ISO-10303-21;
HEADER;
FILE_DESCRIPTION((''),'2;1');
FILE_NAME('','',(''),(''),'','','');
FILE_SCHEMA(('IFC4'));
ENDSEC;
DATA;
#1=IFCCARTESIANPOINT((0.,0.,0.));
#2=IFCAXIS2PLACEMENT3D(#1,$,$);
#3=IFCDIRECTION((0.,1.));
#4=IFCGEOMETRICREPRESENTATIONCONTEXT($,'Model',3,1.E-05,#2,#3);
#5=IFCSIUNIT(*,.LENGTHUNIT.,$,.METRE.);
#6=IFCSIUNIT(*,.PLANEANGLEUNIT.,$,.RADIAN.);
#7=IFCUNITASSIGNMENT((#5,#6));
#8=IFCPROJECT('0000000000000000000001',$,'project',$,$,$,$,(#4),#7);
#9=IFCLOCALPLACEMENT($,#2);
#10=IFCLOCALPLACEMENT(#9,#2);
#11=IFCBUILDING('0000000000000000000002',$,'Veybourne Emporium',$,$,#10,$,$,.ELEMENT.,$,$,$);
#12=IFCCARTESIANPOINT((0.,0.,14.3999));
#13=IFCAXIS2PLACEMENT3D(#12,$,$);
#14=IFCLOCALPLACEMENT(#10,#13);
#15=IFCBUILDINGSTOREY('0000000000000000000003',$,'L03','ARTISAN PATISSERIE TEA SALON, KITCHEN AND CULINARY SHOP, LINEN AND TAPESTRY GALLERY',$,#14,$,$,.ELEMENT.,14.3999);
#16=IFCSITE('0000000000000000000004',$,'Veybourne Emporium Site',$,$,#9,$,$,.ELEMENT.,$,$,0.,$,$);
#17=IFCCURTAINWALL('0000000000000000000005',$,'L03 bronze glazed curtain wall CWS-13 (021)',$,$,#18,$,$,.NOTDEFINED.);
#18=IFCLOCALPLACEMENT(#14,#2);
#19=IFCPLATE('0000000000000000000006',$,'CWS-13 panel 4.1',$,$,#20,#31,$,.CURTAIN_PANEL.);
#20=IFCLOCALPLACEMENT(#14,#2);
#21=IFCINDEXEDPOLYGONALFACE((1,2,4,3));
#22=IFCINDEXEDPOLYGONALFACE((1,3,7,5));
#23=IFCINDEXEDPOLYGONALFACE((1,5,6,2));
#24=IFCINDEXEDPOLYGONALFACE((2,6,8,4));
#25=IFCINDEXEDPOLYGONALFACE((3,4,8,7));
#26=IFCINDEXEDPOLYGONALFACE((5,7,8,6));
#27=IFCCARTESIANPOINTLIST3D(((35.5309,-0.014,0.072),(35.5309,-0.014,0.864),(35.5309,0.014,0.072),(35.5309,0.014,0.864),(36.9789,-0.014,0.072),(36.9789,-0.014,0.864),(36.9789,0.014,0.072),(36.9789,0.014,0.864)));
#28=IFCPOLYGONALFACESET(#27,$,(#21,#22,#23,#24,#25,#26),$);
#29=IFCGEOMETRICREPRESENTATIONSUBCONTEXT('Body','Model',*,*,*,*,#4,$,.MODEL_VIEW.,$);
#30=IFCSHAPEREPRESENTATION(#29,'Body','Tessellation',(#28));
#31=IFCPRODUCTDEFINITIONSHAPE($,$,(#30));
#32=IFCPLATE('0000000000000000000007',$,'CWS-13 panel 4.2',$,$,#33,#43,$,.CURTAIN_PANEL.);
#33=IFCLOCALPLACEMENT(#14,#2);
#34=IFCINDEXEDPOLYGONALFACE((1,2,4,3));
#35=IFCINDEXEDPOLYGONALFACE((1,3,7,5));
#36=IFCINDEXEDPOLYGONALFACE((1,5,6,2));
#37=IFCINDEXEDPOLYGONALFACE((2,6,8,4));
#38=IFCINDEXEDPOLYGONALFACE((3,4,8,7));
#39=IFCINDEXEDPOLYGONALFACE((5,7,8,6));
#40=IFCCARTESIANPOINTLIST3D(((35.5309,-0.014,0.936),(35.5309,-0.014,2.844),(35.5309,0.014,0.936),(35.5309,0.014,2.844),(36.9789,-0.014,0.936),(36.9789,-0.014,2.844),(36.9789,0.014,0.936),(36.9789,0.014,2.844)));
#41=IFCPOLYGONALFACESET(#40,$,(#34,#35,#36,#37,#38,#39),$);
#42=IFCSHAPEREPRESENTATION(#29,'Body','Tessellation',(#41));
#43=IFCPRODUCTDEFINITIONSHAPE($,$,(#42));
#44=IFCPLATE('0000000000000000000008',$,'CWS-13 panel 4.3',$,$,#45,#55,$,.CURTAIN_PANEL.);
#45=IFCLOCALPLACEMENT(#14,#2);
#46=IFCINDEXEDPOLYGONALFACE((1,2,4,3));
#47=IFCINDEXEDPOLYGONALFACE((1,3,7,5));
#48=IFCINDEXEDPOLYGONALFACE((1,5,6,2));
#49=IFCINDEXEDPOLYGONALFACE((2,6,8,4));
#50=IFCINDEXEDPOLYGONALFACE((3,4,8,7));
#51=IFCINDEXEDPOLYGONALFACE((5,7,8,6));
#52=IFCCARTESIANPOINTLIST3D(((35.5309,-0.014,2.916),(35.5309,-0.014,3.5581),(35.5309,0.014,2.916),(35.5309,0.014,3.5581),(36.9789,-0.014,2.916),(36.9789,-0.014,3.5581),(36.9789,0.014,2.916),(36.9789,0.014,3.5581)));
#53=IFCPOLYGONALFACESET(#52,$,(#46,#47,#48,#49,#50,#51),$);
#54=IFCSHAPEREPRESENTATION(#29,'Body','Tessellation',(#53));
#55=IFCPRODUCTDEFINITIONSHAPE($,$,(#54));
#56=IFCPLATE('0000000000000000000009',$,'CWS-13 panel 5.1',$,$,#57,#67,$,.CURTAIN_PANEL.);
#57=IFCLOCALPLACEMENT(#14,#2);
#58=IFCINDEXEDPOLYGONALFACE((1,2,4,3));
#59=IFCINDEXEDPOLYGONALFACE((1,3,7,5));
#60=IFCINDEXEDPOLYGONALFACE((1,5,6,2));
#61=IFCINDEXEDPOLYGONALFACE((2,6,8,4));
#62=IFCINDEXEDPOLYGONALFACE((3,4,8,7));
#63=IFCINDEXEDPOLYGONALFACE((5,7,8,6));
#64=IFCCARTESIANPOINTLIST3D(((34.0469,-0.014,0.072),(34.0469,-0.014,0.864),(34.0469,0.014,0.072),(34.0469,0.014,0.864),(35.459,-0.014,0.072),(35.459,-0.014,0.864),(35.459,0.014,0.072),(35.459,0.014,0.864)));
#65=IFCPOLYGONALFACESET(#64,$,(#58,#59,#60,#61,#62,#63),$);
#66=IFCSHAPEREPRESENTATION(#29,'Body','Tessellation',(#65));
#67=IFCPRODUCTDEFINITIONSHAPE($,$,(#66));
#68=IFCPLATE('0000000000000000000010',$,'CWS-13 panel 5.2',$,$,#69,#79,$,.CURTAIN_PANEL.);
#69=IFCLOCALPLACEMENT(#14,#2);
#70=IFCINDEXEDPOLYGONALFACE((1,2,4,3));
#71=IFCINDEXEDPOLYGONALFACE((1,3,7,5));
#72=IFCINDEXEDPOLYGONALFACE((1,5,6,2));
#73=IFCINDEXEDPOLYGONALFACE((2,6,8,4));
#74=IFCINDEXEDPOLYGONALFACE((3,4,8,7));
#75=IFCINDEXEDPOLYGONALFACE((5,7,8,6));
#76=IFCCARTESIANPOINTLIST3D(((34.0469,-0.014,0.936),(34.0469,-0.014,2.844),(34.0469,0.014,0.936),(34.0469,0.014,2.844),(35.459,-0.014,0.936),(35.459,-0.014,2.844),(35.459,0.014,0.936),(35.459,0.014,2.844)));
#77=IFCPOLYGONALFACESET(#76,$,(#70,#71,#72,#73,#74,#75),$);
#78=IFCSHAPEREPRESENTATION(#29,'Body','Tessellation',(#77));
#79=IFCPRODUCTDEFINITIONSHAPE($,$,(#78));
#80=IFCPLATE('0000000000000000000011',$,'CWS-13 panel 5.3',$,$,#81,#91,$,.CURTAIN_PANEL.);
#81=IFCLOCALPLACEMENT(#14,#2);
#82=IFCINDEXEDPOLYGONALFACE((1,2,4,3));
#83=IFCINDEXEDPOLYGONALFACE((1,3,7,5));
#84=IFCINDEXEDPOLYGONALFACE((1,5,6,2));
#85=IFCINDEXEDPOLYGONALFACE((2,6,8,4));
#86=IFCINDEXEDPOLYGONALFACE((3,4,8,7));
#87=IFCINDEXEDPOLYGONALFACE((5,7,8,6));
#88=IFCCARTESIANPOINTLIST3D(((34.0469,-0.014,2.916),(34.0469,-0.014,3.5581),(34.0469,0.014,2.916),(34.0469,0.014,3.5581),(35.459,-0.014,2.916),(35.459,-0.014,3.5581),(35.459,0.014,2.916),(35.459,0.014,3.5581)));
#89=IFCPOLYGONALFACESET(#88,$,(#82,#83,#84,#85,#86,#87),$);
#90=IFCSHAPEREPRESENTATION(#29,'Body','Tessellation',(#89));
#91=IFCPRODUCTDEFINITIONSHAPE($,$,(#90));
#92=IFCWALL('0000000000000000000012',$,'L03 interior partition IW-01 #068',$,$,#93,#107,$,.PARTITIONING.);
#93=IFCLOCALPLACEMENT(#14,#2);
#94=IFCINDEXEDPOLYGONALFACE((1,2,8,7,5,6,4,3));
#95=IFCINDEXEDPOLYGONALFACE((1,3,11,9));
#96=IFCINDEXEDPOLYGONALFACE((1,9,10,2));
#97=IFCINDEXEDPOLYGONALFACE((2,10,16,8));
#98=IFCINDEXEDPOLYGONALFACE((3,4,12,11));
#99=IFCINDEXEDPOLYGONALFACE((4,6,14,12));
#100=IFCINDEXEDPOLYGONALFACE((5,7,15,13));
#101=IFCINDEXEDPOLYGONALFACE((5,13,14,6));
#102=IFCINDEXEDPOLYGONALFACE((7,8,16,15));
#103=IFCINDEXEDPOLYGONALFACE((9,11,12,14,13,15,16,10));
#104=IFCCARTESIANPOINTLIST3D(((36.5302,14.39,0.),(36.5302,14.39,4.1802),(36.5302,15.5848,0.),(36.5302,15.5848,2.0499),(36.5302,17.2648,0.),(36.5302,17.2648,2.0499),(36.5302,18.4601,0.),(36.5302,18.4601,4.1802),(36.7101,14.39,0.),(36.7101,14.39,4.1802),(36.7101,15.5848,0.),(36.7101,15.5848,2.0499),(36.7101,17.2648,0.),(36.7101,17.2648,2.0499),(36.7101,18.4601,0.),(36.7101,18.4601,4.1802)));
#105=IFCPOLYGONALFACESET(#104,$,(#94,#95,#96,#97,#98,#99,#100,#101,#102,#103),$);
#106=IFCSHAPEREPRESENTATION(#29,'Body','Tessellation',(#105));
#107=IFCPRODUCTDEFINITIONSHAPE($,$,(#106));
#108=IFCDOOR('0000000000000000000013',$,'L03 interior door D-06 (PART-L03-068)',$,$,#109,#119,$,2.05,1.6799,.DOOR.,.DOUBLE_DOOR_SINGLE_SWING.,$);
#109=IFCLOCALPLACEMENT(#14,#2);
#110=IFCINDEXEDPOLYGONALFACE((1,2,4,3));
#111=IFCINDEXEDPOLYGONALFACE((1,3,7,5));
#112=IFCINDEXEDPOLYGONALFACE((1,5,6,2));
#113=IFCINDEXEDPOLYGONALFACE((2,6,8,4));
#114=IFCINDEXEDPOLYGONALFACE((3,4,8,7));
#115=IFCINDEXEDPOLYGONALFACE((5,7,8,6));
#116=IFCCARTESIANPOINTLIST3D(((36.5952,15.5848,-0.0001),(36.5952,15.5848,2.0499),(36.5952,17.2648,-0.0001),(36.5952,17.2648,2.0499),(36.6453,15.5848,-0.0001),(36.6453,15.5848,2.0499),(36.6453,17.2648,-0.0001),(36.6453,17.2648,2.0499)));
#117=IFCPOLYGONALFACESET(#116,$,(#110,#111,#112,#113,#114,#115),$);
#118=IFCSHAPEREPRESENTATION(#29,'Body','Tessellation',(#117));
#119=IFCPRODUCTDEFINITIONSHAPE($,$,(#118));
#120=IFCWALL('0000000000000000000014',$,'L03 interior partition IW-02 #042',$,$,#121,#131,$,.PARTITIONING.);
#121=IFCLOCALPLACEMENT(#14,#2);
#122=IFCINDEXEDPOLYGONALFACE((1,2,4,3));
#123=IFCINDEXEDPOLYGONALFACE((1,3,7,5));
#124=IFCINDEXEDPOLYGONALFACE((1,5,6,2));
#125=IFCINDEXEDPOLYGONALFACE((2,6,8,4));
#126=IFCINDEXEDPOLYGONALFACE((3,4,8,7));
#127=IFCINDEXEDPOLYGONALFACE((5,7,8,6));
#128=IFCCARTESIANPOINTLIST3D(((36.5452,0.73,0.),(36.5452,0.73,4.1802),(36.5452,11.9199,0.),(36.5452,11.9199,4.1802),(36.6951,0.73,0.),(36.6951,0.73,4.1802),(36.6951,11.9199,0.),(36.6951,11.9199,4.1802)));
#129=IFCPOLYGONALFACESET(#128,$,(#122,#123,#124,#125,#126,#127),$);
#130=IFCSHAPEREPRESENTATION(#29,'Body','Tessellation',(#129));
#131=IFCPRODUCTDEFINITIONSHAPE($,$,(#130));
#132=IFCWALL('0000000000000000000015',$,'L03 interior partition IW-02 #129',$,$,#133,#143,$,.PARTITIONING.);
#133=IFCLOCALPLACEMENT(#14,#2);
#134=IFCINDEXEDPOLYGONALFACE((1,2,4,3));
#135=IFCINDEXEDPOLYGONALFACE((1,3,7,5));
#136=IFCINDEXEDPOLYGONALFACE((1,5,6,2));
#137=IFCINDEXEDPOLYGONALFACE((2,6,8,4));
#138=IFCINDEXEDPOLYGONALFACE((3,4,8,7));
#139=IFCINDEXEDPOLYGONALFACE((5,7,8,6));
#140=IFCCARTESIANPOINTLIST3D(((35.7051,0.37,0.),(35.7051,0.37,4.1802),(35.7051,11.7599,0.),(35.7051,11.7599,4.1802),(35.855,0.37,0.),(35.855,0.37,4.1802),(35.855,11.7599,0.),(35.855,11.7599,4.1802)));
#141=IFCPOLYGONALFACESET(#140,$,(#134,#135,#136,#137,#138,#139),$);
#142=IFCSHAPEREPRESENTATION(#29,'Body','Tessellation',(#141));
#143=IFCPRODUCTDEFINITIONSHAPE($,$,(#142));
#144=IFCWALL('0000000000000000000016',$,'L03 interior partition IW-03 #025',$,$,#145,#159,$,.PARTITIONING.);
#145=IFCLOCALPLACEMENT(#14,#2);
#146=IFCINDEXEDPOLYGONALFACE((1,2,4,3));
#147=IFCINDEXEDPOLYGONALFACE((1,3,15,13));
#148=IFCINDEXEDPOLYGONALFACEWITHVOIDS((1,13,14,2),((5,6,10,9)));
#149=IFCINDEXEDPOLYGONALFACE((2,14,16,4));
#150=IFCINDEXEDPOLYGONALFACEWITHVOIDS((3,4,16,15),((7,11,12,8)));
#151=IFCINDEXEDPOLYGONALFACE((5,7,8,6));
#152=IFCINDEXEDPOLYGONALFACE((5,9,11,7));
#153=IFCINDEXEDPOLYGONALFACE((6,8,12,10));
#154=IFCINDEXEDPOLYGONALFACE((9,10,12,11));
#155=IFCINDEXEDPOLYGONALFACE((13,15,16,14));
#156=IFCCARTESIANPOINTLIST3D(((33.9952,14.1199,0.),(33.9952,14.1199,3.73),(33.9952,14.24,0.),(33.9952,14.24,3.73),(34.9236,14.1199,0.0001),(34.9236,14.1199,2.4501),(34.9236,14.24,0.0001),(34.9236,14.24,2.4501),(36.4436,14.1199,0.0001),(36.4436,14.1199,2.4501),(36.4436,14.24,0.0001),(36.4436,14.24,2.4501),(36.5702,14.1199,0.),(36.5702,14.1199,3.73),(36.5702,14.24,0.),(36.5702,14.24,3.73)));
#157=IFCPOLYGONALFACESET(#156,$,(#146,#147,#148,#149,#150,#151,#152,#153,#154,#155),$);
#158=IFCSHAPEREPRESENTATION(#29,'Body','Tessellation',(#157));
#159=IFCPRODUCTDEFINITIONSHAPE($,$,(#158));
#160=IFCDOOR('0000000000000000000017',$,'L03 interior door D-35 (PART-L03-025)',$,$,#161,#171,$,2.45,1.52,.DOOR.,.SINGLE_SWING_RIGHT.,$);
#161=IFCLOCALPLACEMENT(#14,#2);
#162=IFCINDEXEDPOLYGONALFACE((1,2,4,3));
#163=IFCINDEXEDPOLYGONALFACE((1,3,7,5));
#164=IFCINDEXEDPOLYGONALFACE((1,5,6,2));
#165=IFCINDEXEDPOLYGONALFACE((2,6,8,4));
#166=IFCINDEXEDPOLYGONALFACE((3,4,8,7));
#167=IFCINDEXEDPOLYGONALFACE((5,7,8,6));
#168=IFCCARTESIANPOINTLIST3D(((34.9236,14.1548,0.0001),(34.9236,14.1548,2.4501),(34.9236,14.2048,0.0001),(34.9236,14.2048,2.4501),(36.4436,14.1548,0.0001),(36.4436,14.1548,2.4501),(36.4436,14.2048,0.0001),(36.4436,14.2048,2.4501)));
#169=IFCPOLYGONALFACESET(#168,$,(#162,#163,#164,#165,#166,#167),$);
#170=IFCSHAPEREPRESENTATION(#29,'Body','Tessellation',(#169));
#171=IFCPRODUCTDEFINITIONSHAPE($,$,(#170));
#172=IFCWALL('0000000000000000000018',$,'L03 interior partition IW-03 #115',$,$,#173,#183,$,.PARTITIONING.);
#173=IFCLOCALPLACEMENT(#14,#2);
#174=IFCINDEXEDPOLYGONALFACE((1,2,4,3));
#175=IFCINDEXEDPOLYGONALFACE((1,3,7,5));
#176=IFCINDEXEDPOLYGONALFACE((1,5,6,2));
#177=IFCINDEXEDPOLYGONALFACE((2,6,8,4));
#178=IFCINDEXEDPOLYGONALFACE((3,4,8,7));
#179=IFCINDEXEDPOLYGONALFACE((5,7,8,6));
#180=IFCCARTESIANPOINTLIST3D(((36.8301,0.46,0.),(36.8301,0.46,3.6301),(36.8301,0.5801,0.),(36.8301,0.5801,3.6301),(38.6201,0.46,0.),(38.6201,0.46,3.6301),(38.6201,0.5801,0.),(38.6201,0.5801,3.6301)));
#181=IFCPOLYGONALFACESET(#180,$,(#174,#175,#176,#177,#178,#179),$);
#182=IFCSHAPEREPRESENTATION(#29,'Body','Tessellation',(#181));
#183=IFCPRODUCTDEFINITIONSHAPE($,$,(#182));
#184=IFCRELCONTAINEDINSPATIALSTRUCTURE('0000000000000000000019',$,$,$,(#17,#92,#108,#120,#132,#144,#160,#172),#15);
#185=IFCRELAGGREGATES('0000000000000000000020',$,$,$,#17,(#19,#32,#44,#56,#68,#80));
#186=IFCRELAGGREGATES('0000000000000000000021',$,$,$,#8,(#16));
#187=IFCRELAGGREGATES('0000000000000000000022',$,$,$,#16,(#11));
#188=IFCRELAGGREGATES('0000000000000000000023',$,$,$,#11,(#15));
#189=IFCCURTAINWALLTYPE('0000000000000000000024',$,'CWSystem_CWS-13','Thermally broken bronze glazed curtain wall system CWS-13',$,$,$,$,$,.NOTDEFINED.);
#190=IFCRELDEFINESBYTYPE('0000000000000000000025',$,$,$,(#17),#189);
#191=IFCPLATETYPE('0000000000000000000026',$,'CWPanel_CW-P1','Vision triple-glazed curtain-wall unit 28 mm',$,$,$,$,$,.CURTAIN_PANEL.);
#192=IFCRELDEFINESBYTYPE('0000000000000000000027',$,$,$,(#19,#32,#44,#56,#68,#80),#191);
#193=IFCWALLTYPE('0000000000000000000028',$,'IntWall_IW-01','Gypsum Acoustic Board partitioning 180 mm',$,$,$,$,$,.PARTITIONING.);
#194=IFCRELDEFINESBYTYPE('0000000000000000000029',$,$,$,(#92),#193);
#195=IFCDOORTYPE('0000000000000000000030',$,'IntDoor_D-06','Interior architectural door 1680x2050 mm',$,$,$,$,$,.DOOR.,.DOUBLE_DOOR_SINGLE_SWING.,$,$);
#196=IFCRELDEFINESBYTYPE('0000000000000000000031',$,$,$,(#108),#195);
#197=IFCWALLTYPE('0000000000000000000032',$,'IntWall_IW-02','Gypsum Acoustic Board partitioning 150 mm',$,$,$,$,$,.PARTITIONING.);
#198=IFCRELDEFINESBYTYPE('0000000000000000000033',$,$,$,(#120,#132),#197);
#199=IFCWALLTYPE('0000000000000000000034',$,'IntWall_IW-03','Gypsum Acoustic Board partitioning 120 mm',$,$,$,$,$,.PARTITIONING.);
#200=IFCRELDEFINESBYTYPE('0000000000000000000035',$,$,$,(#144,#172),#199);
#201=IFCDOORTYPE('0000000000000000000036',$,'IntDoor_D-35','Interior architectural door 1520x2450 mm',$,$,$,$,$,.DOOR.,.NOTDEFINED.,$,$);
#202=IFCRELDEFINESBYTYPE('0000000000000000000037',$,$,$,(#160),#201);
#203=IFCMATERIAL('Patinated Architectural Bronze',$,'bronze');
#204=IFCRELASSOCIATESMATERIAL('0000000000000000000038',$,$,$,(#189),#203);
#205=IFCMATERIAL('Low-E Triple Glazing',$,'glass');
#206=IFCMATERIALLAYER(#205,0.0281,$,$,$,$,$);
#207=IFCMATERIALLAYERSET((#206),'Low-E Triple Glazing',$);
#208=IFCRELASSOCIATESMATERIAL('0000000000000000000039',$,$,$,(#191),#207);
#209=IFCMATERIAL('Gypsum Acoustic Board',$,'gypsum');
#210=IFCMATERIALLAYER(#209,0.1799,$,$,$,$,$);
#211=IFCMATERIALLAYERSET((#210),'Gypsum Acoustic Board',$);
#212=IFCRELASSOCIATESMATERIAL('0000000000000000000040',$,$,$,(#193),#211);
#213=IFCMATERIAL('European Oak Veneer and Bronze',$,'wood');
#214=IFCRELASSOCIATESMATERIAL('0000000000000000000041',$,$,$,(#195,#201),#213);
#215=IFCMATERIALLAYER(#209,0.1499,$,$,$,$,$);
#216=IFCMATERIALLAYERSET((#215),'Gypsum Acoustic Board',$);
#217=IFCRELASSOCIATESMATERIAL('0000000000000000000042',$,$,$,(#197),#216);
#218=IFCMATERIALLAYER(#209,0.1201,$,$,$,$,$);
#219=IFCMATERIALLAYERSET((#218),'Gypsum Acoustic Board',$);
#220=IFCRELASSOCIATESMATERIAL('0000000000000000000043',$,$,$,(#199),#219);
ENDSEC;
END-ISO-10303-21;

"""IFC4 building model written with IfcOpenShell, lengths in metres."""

from ifc_helpers import new_model, si_unit, direction, frame, frame_2d, origin, origin_2d, place, context, subcontext, project, spatial, rectangle, extrude, material, layer, layer_set, type_object, element, fill, aggregate, save


model = new_model("IFC4")

# Units and contexts
model_context = context("Model", 3, precision=1e-05, world=origin(), true_north=direction((0.0, 1.0)))
body_context = subcontext(model_context, "Body", "Model", "MODEL_VIEW")
ifc_project = project(units=[si_unit("LENGTHUNIT", "METRE"), si_unit("PLANEANGLEUNIT", "RADIAN")], contexts=[model_context])

# Site, building, storey
site_placement = place(None, origin())
site = spatial("IfcSite", under=ifc_project, at=site_placement, Name="Veybourne Emporium Site", CompositionType="ELEMENT", RefElevation=0.0)
building_placement = place(site_placement, origin())
building = spatial("IfcBuilding", under=site, at=building_placement, Name="Veybourne Emporium", CompositionType="ELEMENT")
storey_placement = place(building_placement, frame((0.0, 0.0, 14.3999)))
storey = spatial("IfcBuildingStorey", under=building, at=storey_placement, Name="L03", Description="ARTISAN PATISSERIE TEA SALON, KITCHEN AND CULINARY SHOP, LINEN AND TAPESTRY GALLERY", CompositionType="ELEMENT", Elevation=14.3999)

# Curtain wall
ifc_material_1 = material(Name="Patinated Architectural Bronze", Category="bronze")
curtain_wall_type = type_object("IfcCurtainWallType", Name="CWSystem_CWS-13", Description="Thermally broken bronze glazed curtain wall system CWS-13", PredefinedType="NOTDEFINED", material=ifc_material_1)
curtain_wall_placement = place(storey_placement, origin())
curtain_wall = element("IfcCurtainWall", 1, at=curtain_wall_placement, inside=storey, type_object=curtain_wall_type, Name="L03 bronze glazed curtain wall CWS-13 (021)", PredefinedType="NOTDEFINED")

# Plates
ifc_material_2 = material(Name="Low-E Triple Glazing", Category="glass")
ifc_layer_1 = layer(ifc_material_2, 0.0281)
ifc_layer_set_1 = layer_set([ifc_layer_1], Name="Low-E Triple Glazing")
plate_type = type_object("IfcPlateType", Name="CWPanel_CW-P1", Description="Vision triple-glazed curtain-wall unit 28 mm", PredefinedType="CURTAIN_PANEL", material=ifc_layer_set_1)
plate_1_placement = place(storey_placement, frame((36.2549, 0.0, 0.072), z_axis=(0.0, 0.0, 1.0), x_axis=(-1.0, 0.0, 0.0)))
plate_1 = element("IfcPlate", 2, at=plate_1_placement, type_object=plate_type, Name="CWS-13 panel 4.1", PredefinedType="CURTAIN_PANEL", context=body_context, shape_type="SweptSolid", body=[
    extrude(rectangle(XDim=1.448, YDim=0.0281, at=origin_2d()), origin(), (0.0, 0.0, 1.0), 0.792),
])
plate_2_placement = place(storey_placement, frame((36.2549, 0.0, 0.936), z_axis=(0.0, 0.0, 1.0), x_axis=(-1.0, 0.0, 0.0)))
plate_2 = element("IfcPlate", 3, at=plate_2_placement, type_object=plate_type, Name="CWS-13 panel 4.2", PredefinedType="CURTAIN_PANEL", context=body_context, shape_type="SweptSolid", body=[
    extrude(rectangle(XDim=1.448, YDim=0.0281, at=origin_2d()), origin(), (0.0, 0.0, 1.0), 1.908),
])
plate_3_placement = place(storey_placement, frame((36.2549, 0.0, 2.916), z_axis=(0.0, 0.0, 1.0), x_axis=(-1.0, 0.0, 0.0)))
plate_3 = element("IfcPlate", 4, at=plate_3_placement, type_object=plate_type, Name="CWS-13 panel 4.3", PredefinedType="CURTAIN_PANEL", context=body_context, shape_type="SweptSolid", body=[
    extrude(rectangle(XDim=1.448, YDim=0.0281, at=origin_2d()), origin(), (0.0, 0.0, 1.0), 0.6421),
])
plate_4_placement = place(storey_placement, frame((34.7529, 0.0, 0.072), z_axis=(0.0, 0.0, 1.0), x_axis=(-1.0, 0.0, 0.0)))
plate_4 = element("IfcPlate", 5, at=plate_4_placement, type_object=plate_type, Name="CWS-13 panel 5.1", PredefinedType="CURTAIN_PANEL", context=body_context, shape_type="SweptSolid", body=[
    extrude(rectangle(XDim=1.4121, YDim=0.0281, at=origin_2d()), origin(), (0.0, 0.0, 1.0), 0.792),
])
plate_5_placement = place(storey_placement, frame((34.7529, 0.0, 0.936), z_axis=(0.0, 0.0, 1.0), x_axis=(-1.0, 0.0, 0.0)))
plate_5 = element("IfcPlate", 6, at=plate_5_placement, type_object=plate_type, Name="CWS-13 panel 5.2", PredefinedType="CURTAIN_PANEL", context=body_context, shape_type="SweptSolid", body=[
    extrude(rectangle(XDim=1.4121, YDim=0.0281, at=origin_2d()), origin(), (0.0, 0.0, 1.0), 1.908),
])
plate_6_placement = place(storey_placement, frame((34.7529, 0.0, 2.916), z_axis=(0.0, 0.0, 1.0), x_axis=(-1.0, 0.0, 0.0)))
plate_6 = element("IfcPlate", 7, at=plate_6_placement, type_object=plate_type, Name="CWS-13 panel 5.3", PredefinedType="CURTAIN_PANEL", context=body_context, shape_type="SweptSolid", body=[
    extrude(rectangle(XDim=1.4121, YDim=0.0281, at=origin_2d()), origin(), (0.0, 0.0, 1.0), 0.6421),
])
aggregate(curtain_wall, [plate_1, plate_2, plate_3, plate_4, plate_5, plate_6])

# Wall, opening, door
ifc_material_3 = material(Name="Gypsum Acoustic Board", Category="gypsum")
ifc_layer_2 = layer(ifc_material_3, 0.1799)
ifc_layer_set_2 = layer_set([ifc_layer_2], Name="Gypsum Acoustic Board")
wall_type_1 = type_object("IfcWallType", Name="IntWall_IW-01", Description="Gypsum Acoustic Board partitioning 180 mm", PredefinedType="PARTITIONING", material=ifc_layer_set_2)
wall_1_placement = place(storey_placement, frame((36.6201, 14.3899, 0.0), z_axis=(0.0, 0.0, 1.0), x_axis=(0.0, 1.0, 0.0)))
wall_1 = element("IfcWall", 8, at=wall_1_placement, inside=storey, type_object=wall_type_1, Name="L03 interior partition IW-01 #068", PredefinedType="PARTITIONING", context=body_context, shape_type="SweptSolid", body=[
    extrude(rectangle(XDim=4.0701, YDim=0.1799, at=frame_2d((2.0352, 0.0))), origin(), (0.0, 0.0, 1.0), 4.1802),
])
opening_1_placement = place(wall_1_placement, frame((1.1951, 0.0, 0.0)))
opening_1 = element("IfcOpeningElement", 9, at=opening_1_placement, cuts=wall_1, PredefinedType="OPENING", context=body_context, shape_type="SweptSolid", body=[
    extrude(rectangle(XDim=1.6799, YDim=2.05, at=frame_2d((0.8398, 1.0249))), frame((0.0, 0.1099, 0.0), z_axis=(0.0, -1.0, 0.0), x_axis=(1.0, 0.0, 0.0)), (0.0, 0.0, 1.0), 0.22),
])
ifc_material_4 = material(Name="European Oak Veneer and Bronze", Category="wood")
door_type_1 = type_object("IfcDoorType", Name="IntDoor_D-06", Description="Interior architectural door 1680x2050 mm", OperationType="DOUBLE_DOOR_SINGLE_SWING", PredefinedType="DOOR", material=ifc_material_4)
door_1_placement = place(opening_1_placement, origin())
door_1 = element("IfcDoor", 10, at=door_1_placement, inside=storey, type_object=door_type_1, Name="L03 interior door D-06 (PART-L03-068)", OperationType="DOUBLE_DOOR_SINGLE_SWING", OverallHeight=2.05, OverallWidth=1.6799, PredefinedType="DOOR", context=body_context, shape_type="SweptSolid", body=[
    extrude(rectangle(XDim=1.6799, YDim=2.05, at=frame_2d((0.8398, 1.0249))), frame((0.0, 0.0249, 0.0), z_axis=(0.0, -1.0, 0.0), x_axis=(1.0, 0.0, 0.0)), (0.0, 0.0, 1.0), 0.05),
])
fill(opening_1, door_1)

# Walls
ifc_layer_3 = layer(ifc_material_3, 0.1499)
ifc_layer_set_3 = layer_set([ifc_layer_3], Name="Gypsum Acoustic Board")
wall_type_2 = type_object("IfcWallType", Name="IntWall_IW-02", Description="Gypsum Acoustic Board partitioning 150 mm", PredefinedType="PARTITIONING", material=ifc_layer_set_3)
wall_2_placement = place(storey_placement, frame((36.6201, 0.73, 0.0), z_axis=(0.0, 0.0, 1.0), x_axis=(0.0, 1.0, 0.0)))
element("IfcWall", 11, at=wall_2_placement, inside=storey, type_object=wall_type_2, Name="L03 interior partition IW-02 #042", PredefinedType="PARTITIONING", context=body_context, shape_type="SweptSolid", body=[
    extrude(rectangle(XDim=11.1899, YDim=0.1499, at=frame_2d((5.595, 0.0))), origin(), (0.0, 0.0, 1.0), 4.1802),
])
wall_3_placement = place(storey_placement, frame((35.78, 0.3701, 0.0), z_axis=(0.0, 0.0, 1.0), x_axis=(0.0, 1.0, 0.0)))
element("IfcWall", 12, at=wall_3_placement, inside=storey, type_object=wall_type_2, Name="L03 interior partition IW-02 #129", PredefinedType="PARTITIONING", context=body_context, shape_type="SweptSolid", body=[
    extrude(rectangle(XDim=11.3899, YDim=0.1499, at=frame_2d((5.6948, 0.0))), origin(), (0.0, 0.0, 1.0), 4.1802),
])

# Wall, opening, door
ifc_layer_4 = layer(ifc_material_3, 0.1201)
ifc_layer_set_4 = layer_set([ifc_layer_4], Name="Gypsum Acoustic Board")
wall_type_3 = type_object("IfcWallType", Name="IntWall_IW-03", Description="Gypsum Acoustic Board partitioning 120 mm", PredefinedType="PARTITIONING", material=ifc_layer_set_4)
wall_4_placement = place(storey_placement, frame((33.9951, 14.1799, 0.0), z_axis=(0.0, 0.0, 1.0), x_axis=(1.0, 0.0, 0.0)))
wall_4 = element("IfcWall", 13, at=wall_4_placement, inside=storey, type_object=wall_type_3, Name="L03 interior partition IW-03 #025", PredefinedType="PARTITIONING", context=body_context, shape_type="SweptSolid", body=[
    extrude(rectangle(XDim=2.575, YDim=0.1201, at=frame_2d((1.2876, 0.0))), origin(), (0.0, 0.0, 1.0), 3.73),
])
opening_2_placement = place(wall_4_placement, frame((0.9285, 0.0, 0.0)))
opening_2 = element("IfcOpeningElement", 14, at=opening_2_placement, cuts=wall_4, PredefinedType="OPENING", context=body_context, shape_type="SweptSolid", body=[
    extrude(rectangle(XDim=1.52, YDim=2.45, at=frame_2d((0.76, 1.2251))), frame((0.0, 0.0801, 0.0), z_axis=(0.0, -1.0, 0.0), x_axis=(1.0, 0.0, 0.0)), (0.0, 0.0, 1.0), 0.1602),
])
door_type_2 = type_object("IfcDoorType", Name="IntDoor_D-35", Description="Interior architectural door 1520x2450 mm", OperationType="NOTDEFINED", PredefinedType="DOOR", material=ifc_material_4)
door_2_placement = place(opening_2_placement, origin())
door_2 = element("IfcDoor", 15, at=door_2_placement, inside=storey, type_object=door_type_2, Name="L03 interior door D-35 (PART-L03-025)", OperationType="SINGLE_SWING_RIGHT", OverallHeight=2.45, OverallWidth=1.52, PredefinedType="DOOR", context=body_context, shape_type="SweptSolid", body=[
    extrude(rectangle(XDim=1.52, YDim=2.45, at=frame_2d((0.76, 1.2251))), frame((0.0, 0.0249, 0.0), z_axis=(0.0, -1.0, 0.0), x_axis=(1.0, 0.0, 0.0)), (0.0, 0.0, 1.0), 0.05),
])
fill(opening_2, door_2)

# Wall
wall_5_placement = place(storey_placement, frame((36.8301, 0.52, 0.0), z_axis=(0.0, 0.0, 1.0), x_axis=(1.0, 0.0, 0.0)))
element("IfcWall", 16, at=wall_5_placement, inside=storey, type_object=wall_type_3, Name="L03 interior partition IW-03 #115", PredefinedType="PARTITIONING", context=body_context, shape_type="SweptSolid", body=[
    extrude(rectangle(XDim=1.79, YDim=0.1201, at=frame_2d((0.895, 0.0))), origin(), (0.0, 0.0, 1.0), 3.6301),
])

save(model, "model.ifc")
